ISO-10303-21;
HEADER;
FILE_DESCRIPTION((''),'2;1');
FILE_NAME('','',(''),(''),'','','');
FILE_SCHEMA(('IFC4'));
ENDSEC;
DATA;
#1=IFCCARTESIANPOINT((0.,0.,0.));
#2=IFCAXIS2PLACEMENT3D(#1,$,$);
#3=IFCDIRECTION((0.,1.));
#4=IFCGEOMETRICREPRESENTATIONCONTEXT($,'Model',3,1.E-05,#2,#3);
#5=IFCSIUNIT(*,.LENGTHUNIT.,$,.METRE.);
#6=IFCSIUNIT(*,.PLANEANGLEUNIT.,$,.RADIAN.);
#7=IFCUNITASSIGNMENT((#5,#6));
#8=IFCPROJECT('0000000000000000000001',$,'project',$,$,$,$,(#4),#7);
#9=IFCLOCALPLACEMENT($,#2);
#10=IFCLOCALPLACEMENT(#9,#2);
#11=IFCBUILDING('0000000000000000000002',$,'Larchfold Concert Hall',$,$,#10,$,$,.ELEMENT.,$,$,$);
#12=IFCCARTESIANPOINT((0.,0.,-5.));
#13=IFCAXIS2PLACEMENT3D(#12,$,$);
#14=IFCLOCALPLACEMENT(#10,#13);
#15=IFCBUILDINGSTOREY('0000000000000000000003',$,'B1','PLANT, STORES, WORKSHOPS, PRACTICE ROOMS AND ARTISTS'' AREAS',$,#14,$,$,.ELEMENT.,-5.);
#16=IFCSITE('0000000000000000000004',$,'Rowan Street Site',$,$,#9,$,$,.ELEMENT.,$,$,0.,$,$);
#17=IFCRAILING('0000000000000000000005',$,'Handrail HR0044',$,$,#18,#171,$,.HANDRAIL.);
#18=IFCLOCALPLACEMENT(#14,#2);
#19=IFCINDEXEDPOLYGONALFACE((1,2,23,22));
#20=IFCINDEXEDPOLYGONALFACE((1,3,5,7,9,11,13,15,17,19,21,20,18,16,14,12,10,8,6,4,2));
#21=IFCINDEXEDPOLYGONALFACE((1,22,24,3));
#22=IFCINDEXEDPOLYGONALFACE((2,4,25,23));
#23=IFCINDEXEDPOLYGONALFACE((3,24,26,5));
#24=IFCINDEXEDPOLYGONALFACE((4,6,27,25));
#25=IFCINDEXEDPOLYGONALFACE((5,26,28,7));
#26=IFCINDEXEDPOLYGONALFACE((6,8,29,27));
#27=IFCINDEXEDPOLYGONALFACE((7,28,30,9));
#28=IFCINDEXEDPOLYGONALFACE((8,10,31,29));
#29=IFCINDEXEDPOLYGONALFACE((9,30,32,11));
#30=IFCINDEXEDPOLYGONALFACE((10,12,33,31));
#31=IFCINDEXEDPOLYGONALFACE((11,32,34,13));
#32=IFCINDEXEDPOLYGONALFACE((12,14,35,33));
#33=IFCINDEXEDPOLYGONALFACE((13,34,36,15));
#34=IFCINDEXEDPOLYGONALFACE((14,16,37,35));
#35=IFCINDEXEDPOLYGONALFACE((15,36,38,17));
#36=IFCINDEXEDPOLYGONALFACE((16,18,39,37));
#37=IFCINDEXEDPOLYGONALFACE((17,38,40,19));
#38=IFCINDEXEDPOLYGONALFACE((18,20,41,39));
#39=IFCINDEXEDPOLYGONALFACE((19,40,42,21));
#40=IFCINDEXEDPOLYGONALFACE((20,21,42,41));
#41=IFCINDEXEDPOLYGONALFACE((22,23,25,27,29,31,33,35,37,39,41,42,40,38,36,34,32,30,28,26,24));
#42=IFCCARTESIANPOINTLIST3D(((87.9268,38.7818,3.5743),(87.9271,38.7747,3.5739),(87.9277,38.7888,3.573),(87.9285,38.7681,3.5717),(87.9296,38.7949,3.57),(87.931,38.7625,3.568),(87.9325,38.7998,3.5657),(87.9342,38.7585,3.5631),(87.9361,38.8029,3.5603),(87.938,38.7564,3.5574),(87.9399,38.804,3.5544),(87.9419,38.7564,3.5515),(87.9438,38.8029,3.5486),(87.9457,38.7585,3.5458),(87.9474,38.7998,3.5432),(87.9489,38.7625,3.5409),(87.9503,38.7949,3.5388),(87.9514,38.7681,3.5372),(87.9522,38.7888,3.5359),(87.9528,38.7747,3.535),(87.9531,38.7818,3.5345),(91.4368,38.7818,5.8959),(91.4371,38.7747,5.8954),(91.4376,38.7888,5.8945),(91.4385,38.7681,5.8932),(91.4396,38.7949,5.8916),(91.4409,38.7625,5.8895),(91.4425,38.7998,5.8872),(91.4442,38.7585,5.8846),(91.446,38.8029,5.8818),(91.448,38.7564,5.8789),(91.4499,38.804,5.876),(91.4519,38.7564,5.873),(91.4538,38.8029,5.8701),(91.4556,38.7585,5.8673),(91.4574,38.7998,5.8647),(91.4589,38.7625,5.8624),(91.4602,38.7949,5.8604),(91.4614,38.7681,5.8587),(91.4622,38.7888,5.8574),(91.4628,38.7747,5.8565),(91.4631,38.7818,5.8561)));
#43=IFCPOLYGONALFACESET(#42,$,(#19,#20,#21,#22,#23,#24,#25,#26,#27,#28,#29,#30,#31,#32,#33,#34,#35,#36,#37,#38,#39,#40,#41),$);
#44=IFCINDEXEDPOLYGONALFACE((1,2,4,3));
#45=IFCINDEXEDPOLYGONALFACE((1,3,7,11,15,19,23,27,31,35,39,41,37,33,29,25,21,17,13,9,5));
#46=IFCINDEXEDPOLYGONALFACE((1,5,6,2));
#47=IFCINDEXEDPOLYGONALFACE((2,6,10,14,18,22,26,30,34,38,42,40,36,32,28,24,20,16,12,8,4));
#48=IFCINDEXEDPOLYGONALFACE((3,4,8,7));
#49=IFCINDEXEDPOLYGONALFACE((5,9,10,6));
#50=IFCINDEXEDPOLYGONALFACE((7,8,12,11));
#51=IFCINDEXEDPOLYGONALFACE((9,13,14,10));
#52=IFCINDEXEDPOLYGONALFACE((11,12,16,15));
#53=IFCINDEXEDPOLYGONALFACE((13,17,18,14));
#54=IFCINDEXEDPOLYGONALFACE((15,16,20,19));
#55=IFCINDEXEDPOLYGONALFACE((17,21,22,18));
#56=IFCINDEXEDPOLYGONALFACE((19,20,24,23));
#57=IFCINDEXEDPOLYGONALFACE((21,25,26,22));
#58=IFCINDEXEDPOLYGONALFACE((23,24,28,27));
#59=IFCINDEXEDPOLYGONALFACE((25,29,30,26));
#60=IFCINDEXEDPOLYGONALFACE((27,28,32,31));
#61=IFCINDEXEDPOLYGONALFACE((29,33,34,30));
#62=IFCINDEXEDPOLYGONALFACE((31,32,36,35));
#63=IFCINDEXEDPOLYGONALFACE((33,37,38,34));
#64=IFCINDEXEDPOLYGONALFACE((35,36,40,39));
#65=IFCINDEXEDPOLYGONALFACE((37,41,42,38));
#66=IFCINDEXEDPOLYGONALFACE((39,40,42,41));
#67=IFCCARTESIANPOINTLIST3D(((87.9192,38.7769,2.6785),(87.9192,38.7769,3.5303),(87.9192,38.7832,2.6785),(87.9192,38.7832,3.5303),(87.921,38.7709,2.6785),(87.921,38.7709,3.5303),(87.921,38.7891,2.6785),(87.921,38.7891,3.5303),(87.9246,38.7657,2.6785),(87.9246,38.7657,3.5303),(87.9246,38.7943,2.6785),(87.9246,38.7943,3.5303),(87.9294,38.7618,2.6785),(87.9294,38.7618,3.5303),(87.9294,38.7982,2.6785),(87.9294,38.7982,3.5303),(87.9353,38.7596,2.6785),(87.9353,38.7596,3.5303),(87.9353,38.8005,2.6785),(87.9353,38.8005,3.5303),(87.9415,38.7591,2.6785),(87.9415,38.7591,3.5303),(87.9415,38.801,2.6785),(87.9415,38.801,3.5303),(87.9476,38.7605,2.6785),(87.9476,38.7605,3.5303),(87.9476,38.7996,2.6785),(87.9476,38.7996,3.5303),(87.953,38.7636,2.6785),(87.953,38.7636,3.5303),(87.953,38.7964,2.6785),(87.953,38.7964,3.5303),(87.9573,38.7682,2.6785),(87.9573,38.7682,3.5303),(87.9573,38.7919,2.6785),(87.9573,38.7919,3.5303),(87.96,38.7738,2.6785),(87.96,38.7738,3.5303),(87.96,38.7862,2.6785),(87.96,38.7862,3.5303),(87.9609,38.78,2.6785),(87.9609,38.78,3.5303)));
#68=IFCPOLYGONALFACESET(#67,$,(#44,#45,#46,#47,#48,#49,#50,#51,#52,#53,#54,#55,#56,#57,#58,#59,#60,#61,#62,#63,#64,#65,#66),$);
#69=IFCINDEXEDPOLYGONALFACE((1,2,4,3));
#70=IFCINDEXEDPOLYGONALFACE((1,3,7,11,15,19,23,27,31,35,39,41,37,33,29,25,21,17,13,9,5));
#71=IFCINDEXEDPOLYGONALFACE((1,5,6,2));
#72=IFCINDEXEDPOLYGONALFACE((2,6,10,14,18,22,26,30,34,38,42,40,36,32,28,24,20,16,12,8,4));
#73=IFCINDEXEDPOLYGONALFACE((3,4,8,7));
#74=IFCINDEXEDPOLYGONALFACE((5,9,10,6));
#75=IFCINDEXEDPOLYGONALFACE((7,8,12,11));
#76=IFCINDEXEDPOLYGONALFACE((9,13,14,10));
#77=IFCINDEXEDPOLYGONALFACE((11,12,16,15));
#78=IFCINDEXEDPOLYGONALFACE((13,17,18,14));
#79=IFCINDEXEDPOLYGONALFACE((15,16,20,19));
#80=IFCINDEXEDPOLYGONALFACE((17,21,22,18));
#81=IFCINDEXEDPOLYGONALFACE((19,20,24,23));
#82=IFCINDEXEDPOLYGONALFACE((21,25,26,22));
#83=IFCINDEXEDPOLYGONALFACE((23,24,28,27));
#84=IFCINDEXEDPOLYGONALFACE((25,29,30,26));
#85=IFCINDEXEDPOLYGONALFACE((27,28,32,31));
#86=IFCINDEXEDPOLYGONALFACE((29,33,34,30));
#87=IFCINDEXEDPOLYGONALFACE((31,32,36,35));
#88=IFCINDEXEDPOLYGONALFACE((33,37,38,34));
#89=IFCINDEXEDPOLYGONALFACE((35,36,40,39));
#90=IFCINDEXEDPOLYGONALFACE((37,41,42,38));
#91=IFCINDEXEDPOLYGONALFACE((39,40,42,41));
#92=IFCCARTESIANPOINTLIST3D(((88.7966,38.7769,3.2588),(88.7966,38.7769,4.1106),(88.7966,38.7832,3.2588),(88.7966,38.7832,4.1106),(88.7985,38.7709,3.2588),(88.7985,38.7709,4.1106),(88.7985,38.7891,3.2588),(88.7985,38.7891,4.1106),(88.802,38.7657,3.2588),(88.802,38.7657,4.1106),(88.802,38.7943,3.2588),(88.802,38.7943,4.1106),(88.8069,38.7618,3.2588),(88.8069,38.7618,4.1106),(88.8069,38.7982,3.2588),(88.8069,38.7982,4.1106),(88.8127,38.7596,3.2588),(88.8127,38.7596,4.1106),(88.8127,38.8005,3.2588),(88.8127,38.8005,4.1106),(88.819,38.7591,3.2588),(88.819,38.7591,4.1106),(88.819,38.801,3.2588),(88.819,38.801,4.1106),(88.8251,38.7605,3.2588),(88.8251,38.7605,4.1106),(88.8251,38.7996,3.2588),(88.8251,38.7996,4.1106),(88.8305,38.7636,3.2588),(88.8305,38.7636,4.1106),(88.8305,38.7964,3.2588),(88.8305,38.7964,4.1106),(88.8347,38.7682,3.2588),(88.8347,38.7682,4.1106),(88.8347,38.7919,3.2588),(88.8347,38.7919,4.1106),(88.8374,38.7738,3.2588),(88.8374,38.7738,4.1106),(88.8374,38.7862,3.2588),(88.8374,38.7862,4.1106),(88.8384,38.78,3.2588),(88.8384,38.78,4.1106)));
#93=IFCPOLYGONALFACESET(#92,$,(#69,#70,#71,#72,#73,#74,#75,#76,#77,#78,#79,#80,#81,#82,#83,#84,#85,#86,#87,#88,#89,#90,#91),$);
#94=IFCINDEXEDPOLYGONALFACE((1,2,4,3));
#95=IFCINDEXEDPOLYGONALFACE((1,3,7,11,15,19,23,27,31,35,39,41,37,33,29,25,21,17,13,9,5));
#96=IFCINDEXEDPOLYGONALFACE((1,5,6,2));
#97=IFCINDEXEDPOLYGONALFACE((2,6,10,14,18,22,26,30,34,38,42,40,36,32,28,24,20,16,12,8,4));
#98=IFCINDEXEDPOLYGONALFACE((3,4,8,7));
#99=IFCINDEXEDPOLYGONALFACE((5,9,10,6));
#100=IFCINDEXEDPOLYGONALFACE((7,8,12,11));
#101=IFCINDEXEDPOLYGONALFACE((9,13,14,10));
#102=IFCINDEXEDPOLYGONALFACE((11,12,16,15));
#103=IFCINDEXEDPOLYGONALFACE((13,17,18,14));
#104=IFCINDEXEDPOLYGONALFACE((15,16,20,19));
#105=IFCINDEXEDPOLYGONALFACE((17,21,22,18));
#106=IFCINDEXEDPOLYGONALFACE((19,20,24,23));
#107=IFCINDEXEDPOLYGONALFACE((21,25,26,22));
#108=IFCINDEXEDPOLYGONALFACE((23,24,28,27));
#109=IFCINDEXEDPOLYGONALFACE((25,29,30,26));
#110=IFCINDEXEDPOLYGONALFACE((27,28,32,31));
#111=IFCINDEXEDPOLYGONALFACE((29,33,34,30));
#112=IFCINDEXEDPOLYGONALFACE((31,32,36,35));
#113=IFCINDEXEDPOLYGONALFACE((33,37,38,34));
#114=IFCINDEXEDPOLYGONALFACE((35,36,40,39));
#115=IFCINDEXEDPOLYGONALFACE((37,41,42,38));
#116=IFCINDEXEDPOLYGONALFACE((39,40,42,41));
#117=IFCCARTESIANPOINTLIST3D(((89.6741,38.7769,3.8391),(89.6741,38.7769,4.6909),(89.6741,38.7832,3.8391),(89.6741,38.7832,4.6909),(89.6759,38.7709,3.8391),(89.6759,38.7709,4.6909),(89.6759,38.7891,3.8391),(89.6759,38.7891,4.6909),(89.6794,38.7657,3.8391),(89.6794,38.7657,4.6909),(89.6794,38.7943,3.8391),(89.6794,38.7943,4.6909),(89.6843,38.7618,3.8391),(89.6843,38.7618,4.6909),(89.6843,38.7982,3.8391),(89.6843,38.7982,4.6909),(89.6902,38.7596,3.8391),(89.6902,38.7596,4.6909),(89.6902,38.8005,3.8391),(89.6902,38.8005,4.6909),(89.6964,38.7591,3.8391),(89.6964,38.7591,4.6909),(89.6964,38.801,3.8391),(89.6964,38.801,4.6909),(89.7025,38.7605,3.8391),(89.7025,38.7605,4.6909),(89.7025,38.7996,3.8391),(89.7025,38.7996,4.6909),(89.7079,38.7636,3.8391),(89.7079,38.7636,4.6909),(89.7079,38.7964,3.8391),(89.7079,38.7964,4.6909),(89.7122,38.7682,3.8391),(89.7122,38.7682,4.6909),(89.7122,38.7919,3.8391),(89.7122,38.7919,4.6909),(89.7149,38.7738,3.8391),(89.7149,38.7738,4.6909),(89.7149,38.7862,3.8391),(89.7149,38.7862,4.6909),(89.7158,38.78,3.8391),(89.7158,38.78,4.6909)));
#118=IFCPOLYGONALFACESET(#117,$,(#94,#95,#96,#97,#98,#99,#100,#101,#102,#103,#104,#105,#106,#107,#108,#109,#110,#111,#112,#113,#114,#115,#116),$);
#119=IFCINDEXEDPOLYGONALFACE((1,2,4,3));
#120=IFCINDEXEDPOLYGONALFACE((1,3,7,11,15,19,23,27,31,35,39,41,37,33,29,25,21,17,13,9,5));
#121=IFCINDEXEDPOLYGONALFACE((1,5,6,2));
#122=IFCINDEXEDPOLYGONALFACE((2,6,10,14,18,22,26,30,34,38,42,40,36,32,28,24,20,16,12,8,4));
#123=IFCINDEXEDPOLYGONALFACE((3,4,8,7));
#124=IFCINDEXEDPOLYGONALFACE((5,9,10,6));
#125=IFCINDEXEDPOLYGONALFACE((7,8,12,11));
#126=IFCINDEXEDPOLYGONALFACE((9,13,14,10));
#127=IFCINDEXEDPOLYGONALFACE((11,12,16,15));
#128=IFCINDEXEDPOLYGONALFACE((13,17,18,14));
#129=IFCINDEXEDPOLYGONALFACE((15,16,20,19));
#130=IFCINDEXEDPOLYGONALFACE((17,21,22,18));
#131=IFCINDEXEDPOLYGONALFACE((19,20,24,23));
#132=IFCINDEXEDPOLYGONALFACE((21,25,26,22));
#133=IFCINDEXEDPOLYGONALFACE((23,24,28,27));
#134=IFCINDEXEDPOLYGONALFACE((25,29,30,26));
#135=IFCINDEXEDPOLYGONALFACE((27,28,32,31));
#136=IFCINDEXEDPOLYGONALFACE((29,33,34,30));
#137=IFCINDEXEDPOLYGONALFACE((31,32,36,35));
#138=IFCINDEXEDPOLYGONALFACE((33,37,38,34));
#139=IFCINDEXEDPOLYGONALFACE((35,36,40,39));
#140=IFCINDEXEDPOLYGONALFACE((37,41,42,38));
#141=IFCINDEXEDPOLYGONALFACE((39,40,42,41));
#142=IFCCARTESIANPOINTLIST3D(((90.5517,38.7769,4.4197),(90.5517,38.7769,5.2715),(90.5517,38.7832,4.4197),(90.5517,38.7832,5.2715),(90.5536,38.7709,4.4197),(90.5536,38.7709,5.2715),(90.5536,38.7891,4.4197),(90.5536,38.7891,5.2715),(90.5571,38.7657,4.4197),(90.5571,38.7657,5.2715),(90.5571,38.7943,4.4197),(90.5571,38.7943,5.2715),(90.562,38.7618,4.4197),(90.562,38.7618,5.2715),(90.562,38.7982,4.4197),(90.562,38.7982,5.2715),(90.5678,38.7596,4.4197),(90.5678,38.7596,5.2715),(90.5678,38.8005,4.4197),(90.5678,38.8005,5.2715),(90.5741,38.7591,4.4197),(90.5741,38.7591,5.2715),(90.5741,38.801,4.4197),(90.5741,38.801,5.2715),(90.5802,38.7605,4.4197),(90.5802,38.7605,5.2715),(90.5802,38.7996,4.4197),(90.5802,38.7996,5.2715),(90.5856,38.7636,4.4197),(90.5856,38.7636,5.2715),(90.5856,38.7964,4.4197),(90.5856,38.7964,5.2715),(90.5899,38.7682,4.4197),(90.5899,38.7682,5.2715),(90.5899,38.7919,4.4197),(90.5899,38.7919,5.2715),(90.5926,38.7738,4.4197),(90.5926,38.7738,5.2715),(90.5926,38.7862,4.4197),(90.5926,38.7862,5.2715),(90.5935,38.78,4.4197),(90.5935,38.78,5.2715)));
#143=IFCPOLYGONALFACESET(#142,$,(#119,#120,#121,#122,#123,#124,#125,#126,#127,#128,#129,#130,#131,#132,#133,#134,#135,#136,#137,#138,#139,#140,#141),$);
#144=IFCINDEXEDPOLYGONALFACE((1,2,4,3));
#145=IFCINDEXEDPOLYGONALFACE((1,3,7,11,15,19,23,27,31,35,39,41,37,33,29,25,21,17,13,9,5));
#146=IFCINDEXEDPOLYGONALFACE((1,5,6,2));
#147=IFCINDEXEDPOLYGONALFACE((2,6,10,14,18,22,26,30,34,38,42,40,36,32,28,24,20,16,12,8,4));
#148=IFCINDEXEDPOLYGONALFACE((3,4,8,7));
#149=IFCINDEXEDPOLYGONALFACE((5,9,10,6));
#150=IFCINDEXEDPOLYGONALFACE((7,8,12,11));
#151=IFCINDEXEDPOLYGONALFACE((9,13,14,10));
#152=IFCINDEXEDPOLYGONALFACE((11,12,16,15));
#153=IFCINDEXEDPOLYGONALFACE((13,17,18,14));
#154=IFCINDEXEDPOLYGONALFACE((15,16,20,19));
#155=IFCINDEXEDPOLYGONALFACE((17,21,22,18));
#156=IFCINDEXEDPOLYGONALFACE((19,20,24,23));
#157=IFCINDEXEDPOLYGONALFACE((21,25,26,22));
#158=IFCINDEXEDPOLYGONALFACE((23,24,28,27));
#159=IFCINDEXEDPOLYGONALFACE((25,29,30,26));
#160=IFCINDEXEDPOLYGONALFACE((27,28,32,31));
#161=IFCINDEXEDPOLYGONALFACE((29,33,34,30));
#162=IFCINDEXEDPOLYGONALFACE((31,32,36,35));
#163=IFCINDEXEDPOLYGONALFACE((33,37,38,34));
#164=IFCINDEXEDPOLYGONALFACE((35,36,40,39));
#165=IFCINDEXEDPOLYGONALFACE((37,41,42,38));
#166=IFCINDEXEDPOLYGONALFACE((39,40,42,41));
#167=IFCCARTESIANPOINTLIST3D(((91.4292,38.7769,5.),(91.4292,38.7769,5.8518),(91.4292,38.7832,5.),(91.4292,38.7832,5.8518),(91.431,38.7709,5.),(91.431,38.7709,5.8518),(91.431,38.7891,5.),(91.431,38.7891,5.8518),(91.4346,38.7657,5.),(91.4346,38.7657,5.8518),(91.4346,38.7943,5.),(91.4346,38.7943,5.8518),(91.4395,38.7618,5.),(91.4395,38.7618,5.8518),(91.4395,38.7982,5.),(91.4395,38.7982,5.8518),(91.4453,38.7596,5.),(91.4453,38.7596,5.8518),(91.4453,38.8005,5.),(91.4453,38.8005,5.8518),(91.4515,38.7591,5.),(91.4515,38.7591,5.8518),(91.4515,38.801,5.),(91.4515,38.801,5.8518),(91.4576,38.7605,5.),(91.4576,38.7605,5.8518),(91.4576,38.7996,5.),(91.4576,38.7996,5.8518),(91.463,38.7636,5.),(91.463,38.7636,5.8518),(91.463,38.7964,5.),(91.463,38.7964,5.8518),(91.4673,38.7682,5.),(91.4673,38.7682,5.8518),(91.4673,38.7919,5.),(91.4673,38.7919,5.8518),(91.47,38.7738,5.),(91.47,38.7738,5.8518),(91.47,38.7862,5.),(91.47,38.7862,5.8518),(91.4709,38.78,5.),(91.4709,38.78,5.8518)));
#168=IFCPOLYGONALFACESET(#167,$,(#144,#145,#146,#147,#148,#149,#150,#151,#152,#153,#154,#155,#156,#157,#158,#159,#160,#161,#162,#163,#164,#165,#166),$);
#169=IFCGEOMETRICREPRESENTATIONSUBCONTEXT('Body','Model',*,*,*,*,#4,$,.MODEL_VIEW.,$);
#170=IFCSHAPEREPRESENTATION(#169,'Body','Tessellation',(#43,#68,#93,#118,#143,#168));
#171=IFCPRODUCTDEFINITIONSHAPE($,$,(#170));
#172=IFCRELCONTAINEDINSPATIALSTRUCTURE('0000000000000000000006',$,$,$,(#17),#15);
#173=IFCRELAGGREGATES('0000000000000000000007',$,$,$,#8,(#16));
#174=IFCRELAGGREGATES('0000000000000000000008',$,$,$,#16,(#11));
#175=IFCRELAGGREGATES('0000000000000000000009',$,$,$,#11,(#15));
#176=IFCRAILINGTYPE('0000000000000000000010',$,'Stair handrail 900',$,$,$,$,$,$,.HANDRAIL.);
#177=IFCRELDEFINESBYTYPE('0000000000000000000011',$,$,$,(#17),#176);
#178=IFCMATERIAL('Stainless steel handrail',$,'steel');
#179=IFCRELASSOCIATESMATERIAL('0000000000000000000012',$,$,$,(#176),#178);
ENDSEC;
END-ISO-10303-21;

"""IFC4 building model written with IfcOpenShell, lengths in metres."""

from ifc_helpers import new_model, si_unit, direction, frame, origin, origin_2d, place, context, subcontext, project, spatial, circle, extrude, material, type_object, element, save


model = new_model("IFC4")

# Units and contexts
model_context = context("Model", 3, precision=1e-05, world=origin(), true_north=direction((0.0, 1.0)))
body_context = subcontext(model_context, "Body", "Model", "MODEL_VIEW")
ifc_project = project(units=[si_unit("LENGTHUNIT", "METRE"), si_unit("PLANEANGLEUNIT", "RADIAN")], contexts=[model_context])

# Site, building, storey
site_placement = place(None, origin())
site = spatial("IfcSite", under=ifc_project, at=site_placement, Name="Rowan Street Site", CompositionType="ELEMENT", RefElevation=0.0)
building_placement = place(site_placement, origin())
building = spatial("IfcBuilding", under=site, at=building_placement, Name="Larchfold Concert Hall", CompositionType="ELEMENT")
storey_placement = place(building_placement, frame((0.0, 0.0, -5.0)))
storey = spatial("IfcBuildingStorey", under=building, at=storey_placement, Name="B1", Description="PLANT, STORES, WORKSHOPS, PRACTICE ROOMS AND ARTISTS' AREAS", CompositionType="ELEMENT", Elevation=-5.0)

# Railing
ifc_material_1 = material(Name="Stainless steel handrail", Category="steel")
railing_type_1 = type_object("IfcRailingType", Name="Stair handrail 900", PredefinedType="HANDRAIL", material=ifc_material_1)
railing_1_placement = place(storey_placement, frame((87.9399, 38.78, 2.6785)))
element("IfcRailing", 1, at=railing_1_placement, inside=storey, type_object=railing_type_1, Name="Handrail HR0044", PredefinedType="HANDRAIL", context=body_context, shape_type="SweptSolid", body=[
    extrude(circle(Radius=0.0239, at=origin_2d()), frame((0.0, 0.0, 0.876), z_axis=(0.834071, 0.0, 0.551657), x_axis=(0.0, 1.0, 0.0)), (0.0, 0.0, 1.0), 4.2083),
    extrude(circle(Radius=0.021, at=origin_2d()), origin(), (0.0, 0.0, 1.0), 0.8518),
    extrude(circle(Radius=0.021, at=origin_2d()), frame((0.8774, 0.0, 0.5803)), (0.0, 0.0, 1.0), 0.8518),
    extrude(circle(Radius=0.021, at=origin_2d()), frame((1.7549, 0.0, 1.1606)), (0.0, 0.0, 1.0), 0.8518),
    extrude(circle(Radius=0.021, at=origin_2d()), frame((2.6326, 0.0, 1.7412)), (0.0, 0.0, 1.0), 0.8518),
    extrude(circle(Radius=0.021, at=origin_2d()), frame((3.51, 0.0, 2.3215)), (0.0, 0.0, 1.0), 0.8518),
])

save(model, "model.ifc")
